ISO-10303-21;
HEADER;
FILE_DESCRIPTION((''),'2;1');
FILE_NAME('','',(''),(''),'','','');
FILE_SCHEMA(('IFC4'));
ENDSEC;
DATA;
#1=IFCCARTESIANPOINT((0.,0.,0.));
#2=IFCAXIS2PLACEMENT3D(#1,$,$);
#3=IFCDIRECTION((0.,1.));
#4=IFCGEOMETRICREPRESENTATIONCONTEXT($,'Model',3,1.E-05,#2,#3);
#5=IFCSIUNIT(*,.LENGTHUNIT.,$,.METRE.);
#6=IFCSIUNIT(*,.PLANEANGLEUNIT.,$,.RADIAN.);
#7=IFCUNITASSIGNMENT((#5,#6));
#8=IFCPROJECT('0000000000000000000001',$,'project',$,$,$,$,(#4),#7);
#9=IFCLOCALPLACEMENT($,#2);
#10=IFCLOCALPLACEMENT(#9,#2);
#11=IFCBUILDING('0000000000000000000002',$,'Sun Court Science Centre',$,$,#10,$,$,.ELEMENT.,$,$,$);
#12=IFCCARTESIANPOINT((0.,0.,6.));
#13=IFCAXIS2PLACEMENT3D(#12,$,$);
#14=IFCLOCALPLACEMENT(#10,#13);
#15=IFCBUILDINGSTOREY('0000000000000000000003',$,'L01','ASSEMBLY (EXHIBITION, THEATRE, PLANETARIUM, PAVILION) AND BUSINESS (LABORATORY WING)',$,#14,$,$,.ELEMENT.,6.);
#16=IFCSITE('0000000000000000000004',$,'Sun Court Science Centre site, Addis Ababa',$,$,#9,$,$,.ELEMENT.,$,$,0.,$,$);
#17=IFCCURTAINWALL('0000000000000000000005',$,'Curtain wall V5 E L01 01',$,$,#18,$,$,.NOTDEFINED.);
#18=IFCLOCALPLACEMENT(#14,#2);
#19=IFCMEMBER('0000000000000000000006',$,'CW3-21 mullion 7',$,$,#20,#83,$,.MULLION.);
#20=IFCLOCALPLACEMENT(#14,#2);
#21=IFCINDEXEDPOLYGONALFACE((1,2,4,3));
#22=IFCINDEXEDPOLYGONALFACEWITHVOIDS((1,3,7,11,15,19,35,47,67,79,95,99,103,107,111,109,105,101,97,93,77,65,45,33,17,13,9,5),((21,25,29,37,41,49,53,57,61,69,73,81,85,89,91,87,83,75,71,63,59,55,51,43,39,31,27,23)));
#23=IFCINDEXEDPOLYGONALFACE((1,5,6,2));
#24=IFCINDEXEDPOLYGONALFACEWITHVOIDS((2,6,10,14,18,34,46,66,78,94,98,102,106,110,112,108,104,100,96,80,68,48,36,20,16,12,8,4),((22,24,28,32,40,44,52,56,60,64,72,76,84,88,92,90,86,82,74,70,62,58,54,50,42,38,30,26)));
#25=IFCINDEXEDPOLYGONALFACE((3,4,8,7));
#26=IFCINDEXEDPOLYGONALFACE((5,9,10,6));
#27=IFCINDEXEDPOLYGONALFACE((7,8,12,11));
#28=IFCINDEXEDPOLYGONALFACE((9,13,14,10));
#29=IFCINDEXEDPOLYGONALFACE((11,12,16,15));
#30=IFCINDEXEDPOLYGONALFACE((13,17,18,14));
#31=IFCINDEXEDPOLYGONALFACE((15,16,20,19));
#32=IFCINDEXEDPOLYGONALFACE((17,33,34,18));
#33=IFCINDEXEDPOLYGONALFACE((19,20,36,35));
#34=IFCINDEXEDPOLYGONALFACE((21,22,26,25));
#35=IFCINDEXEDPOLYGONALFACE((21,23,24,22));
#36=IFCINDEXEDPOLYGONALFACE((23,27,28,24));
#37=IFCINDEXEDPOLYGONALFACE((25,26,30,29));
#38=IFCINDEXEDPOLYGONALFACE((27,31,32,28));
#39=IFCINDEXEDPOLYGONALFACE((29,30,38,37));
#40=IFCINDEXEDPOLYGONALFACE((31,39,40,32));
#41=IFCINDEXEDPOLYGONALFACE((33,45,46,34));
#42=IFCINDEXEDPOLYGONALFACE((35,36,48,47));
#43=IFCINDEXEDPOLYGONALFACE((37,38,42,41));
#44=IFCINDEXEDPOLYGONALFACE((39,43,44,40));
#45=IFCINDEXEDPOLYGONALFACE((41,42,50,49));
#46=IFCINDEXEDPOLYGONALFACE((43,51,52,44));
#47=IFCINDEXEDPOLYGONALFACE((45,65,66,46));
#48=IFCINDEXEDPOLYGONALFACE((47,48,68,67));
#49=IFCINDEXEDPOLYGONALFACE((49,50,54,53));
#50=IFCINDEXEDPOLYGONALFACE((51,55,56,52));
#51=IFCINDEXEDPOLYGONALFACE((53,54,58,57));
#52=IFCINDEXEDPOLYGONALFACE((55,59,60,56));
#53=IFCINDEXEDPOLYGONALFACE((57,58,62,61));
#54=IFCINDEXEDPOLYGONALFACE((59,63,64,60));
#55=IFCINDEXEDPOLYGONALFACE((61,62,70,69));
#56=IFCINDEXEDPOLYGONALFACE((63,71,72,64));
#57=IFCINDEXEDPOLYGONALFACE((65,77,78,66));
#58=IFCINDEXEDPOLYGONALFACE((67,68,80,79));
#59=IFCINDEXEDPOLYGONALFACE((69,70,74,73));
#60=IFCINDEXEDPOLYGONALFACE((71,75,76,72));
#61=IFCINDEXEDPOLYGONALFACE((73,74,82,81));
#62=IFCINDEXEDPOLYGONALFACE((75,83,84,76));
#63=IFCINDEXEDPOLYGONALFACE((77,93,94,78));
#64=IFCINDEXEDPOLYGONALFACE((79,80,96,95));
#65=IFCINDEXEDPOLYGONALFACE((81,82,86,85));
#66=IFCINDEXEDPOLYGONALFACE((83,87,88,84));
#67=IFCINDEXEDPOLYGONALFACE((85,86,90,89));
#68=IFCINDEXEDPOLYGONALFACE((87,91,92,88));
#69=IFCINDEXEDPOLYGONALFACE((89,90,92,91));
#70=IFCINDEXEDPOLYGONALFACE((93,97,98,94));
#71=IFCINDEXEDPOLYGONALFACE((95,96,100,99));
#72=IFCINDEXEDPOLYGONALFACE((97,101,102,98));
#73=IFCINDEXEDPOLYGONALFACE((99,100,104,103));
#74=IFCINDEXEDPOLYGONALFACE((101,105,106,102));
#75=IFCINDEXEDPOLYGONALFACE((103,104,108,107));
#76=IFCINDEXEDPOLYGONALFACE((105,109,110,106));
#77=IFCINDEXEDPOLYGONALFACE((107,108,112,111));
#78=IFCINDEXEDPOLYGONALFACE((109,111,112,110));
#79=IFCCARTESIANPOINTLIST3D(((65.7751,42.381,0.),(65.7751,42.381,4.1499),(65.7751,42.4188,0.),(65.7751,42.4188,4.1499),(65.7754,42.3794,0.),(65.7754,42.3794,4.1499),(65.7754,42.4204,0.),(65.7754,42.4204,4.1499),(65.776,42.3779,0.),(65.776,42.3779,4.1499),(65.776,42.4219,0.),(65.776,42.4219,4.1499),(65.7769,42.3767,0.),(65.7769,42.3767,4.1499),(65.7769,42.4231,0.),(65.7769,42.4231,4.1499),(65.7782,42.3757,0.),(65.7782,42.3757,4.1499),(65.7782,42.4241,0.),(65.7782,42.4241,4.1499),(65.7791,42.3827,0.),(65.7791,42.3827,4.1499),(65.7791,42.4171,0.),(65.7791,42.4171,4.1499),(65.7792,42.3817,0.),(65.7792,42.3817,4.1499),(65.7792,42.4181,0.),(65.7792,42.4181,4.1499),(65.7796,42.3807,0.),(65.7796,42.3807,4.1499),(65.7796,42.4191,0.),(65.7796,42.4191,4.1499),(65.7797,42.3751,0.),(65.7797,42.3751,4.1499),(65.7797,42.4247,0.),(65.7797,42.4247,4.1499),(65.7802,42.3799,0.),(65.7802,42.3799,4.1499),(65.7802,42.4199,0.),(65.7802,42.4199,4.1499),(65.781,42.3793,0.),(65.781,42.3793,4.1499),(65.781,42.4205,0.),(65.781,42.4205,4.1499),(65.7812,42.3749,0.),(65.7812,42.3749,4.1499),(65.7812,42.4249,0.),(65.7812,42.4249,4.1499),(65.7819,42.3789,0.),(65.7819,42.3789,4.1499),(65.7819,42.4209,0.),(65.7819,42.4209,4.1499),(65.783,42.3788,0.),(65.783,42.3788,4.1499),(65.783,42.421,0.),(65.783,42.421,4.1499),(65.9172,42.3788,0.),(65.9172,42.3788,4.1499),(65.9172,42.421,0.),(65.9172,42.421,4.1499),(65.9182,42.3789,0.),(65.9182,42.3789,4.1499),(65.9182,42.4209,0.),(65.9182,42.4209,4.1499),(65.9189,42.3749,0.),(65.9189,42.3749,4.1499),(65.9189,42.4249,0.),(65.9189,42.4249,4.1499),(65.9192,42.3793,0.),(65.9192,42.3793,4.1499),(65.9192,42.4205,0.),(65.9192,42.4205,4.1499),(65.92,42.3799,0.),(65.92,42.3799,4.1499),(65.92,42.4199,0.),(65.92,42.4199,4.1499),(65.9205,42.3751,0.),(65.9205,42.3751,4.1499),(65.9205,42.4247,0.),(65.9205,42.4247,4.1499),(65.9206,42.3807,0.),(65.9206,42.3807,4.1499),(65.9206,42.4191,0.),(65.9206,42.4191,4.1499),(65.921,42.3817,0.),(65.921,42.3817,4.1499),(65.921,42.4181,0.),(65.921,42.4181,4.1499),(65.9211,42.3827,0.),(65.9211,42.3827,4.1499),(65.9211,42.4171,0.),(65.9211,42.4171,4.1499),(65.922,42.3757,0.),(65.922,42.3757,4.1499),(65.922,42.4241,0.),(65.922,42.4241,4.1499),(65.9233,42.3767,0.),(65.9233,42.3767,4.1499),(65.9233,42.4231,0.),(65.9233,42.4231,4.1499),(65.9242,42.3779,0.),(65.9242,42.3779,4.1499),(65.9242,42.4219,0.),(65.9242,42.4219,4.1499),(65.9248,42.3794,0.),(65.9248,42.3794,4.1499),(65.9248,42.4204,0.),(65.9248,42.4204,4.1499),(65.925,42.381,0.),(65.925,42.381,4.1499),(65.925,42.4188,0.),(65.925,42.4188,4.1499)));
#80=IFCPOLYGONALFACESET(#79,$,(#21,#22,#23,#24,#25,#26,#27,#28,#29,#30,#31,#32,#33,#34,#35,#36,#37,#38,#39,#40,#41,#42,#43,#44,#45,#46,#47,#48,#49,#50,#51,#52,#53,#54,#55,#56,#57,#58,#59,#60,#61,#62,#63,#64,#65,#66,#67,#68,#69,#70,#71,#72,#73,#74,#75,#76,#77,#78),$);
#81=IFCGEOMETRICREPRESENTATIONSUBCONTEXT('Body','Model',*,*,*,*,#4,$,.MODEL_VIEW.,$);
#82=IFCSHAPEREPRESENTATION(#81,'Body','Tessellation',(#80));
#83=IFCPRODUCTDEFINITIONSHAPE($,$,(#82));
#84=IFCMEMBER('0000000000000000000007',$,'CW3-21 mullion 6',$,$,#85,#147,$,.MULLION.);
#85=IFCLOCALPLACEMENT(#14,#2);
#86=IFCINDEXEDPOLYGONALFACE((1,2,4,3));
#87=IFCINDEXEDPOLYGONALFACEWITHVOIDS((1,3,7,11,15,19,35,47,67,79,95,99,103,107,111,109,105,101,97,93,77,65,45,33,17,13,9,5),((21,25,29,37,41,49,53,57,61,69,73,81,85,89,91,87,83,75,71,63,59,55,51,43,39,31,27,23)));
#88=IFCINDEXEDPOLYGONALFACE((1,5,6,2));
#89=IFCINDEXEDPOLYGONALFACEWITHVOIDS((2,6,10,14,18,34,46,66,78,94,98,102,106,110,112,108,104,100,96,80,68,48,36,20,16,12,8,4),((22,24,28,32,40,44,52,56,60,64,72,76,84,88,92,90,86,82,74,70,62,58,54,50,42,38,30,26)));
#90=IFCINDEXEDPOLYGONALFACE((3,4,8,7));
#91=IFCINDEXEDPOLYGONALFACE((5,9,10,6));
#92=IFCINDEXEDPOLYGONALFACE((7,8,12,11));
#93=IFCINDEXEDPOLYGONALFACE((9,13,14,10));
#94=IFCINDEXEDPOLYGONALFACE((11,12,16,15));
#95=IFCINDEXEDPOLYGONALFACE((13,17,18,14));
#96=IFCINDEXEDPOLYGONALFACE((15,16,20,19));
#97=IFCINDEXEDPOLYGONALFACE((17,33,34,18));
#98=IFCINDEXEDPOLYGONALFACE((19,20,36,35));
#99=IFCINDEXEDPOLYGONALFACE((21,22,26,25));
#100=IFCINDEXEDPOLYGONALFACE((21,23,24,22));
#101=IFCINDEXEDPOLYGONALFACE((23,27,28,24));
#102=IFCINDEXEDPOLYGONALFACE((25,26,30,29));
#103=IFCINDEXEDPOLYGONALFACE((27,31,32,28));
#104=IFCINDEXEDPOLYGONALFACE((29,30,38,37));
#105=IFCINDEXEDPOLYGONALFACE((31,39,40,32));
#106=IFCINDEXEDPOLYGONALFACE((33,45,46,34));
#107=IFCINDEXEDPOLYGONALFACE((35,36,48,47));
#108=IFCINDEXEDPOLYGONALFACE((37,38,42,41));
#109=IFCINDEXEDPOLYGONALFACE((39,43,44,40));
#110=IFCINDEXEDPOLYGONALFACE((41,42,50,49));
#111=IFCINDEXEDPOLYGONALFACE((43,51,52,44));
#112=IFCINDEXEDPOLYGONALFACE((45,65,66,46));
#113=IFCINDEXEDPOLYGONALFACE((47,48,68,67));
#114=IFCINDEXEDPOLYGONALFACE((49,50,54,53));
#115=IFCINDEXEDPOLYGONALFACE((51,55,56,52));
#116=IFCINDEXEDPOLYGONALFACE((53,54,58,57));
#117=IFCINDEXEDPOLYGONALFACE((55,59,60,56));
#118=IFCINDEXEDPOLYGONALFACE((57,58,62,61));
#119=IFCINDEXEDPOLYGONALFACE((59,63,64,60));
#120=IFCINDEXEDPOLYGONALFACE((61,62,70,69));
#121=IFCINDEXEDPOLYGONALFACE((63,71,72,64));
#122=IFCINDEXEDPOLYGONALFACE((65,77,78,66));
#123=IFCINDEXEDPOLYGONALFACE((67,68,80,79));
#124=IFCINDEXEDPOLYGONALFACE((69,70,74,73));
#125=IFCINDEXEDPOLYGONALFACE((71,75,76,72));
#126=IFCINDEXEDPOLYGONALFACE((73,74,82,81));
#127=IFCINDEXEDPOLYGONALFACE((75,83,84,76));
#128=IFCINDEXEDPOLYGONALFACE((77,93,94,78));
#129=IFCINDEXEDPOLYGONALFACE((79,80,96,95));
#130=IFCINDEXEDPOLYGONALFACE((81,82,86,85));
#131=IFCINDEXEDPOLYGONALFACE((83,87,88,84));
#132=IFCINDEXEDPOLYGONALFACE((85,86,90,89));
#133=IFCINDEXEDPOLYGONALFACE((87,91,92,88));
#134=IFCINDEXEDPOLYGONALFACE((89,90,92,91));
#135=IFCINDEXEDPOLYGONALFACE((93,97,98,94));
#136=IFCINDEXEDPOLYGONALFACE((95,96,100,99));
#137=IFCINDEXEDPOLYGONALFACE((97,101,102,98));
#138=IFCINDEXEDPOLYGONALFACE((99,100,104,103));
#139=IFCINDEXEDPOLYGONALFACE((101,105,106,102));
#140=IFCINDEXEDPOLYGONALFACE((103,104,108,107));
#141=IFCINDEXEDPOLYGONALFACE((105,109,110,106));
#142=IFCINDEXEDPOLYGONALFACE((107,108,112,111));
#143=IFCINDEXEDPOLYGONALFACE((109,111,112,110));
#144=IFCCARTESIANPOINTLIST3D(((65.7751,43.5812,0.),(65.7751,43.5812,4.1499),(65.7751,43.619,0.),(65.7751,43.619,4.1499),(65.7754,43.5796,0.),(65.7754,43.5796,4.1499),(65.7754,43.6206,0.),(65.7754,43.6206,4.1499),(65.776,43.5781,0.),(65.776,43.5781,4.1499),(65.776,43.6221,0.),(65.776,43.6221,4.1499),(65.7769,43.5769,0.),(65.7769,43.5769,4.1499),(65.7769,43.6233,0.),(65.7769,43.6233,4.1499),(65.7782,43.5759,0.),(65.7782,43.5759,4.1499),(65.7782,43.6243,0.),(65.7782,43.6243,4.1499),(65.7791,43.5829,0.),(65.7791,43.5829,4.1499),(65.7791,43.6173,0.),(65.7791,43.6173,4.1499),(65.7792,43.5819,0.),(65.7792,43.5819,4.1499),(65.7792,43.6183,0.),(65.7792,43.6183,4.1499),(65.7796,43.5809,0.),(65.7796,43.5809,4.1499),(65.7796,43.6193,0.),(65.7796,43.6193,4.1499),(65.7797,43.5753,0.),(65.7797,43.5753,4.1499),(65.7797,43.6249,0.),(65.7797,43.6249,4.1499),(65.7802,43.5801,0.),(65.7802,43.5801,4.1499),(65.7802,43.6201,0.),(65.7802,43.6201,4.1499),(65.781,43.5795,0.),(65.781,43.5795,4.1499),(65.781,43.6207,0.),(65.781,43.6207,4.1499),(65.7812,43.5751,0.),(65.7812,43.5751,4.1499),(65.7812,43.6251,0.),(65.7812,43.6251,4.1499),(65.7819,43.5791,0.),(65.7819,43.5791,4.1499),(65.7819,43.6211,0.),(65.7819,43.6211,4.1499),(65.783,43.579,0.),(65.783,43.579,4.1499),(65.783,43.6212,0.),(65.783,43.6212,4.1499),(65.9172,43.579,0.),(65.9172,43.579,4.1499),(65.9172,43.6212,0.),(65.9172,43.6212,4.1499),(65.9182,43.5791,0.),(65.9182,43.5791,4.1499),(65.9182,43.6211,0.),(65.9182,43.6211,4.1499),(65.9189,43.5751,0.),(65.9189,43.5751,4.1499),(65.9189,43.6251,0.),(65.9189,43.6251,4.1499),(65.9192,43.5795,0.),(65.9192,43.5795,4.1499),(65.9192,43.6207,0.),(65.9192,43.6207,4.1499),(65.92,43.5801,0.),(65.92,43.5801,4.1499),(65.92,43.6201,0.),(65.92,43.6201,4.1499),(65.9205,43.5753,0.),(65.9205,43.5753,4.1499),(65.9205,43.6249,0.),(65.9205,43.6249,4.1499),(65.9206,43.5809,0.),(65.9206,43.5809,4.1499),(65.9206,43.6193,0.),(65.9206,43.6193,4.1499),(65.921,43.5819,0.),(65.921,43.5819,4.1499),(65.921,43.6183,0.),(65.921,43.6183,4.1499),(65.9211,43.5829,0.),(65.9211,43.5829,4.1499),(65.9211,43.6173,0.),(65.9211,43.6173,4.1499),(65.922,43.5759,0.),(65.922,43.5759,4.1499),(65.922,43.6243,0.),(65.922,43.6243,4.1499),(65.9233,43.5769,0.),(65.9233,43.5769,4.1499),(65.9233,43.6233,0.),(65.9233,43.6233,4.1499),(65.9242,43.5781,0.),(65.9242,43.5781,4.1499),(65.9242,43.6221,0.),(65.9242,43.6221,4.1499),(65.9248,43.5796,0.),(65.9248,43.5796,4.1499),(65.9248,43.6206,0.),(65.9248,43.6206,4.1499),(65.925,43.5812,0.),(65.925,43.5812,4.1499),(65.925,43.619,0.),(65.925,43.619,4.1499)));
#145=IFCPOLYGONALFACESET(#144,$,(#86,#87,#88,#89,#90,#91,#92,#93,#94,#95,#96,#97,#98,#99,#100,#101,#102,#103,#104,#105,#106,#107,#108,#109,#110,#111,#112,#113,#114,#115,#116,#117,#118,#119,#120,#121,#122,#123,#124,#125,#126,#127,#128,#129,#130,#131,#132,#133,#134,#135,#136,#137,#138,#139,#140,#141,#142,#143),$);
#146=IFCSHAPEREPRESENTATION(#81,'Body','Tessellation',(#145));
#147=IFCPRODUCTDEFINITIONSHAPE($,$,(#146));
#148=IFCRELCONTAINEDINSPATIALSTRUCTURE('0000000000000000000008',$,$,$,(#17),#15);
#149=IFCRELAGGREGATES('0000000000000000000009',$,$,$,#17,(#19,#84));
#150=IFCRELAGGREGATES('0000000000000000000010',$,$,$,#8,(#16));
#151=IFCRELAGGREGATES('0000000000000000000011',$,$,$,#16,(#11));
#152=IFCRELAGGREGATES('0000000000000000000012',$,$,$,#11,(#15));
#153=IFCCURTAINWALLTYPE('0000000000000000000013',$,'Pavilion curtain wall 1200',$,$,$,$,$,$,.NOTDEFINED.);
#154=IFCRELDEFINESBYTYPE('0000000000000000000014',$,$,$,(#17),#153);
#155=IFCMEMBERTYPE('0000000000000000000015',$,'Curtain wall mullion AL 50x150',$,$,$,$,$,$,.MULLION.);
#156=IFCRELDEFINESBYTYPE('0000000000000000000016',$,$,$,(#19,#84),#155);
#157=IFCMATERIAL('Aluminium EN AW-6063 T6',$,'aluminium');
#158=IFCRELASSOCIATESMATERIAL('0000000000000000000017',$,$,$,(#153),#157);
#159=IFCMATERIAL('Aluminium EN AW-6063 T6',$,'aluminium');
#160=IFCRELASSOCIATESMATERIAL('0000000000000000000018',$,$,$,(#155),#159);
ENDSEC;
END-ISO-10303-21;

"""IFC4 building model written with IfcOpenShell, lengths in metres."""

from ifc_helpers import new_model, si_unit, direction, frame, origin, origin_2d, place, context, subcontext, project, spatial, hollow_rectangle, extrude, material, material_profile, profile_set, type_object, element, aggregate, save


model = new_model("IFC4")

# Units and contexts
model_context = context("Model", 3, precision=1e-05, world=origin(), true_north=direction((0.0, 1.0)))
body_context = subcontext(model_context, "Body", "Model", "MODEL_VIEW")
ifc_project = project(units=[si_unit("LENGTHUNIT", "METRE"), si_unit("PLANEANGLEUNIT", "RADIAN")], contexts=[model_context])

# Site, building, storey
site_placement = place(None, origin())
site = spatial("IfcSite", under=ifc_project, at=site_placement, Name="Sun Court Science Centre site, Addis Ababa", CompositionType="ELEMENT", RefElevation=0.0)
building_placement = place(site_placement, origin())
building = spatial("IfcBuilding", under=site, at=building_placement, Name="Sun Court Science Centre", CompositionType="ELEMENT")
storey_placement = place(building_placement, frame((0.0, 0.0, 6.0)))
storey = spatial("IfcBuildingStorey", under=building, at=storey_placement, Name="L01", Description="ASSEMBLY (EXHIBITION, THEATRE, PLANETARIUM, PAVILION) AND BUSINESS (LABORATORY WING)", CompositionType="ELEMENT", Elevation=6.0)

# Curtain wall, members
ifc_material_1 = material(Name="Aluminium EN AW-6063 T6", Category="aluminium")
curtain_wall_type = type_object("IfcCurtainWallType", Name="Pavilion curtain wall 1200", PredefinedType="NOTDEFINED", material=ifc_material_1)
curtain_wall_placement = place(storey_placement, origin())
curtain_wall = element("IfcCurtainWall", 1, at=curtain_wall_placement, inside=storey, type_object=curtain_wall_type, Name="Curtain wall V5 E L01 01", PredefinedType="NOTDEFINED")
ifc_material_2 = material(Name="Aluminium EN AW-6063 T6", Category="aluminium")
ifc_material_profile_1 = material_profile(ifc_material_2, hollow_rectangle(XDim=0.05, YDim=0.1499, WallThickness=0.0039, InnerFilletRadius=0.0039, OuterFilletRadius=0.0061, at=origin_2d()), Name="AL 50x150x4")
ifc_profile_set_1 = profile_set([ifc_material_profile_1], Name="Aluminium EN AW-6063 T6")
member_type_1 = type_object("IfcMemberType", Name="Curtain wall mullion AL 50x150", PredefinedType="MULLION", material=ifc_profile_set_1)
member_1_placement = place(storey_placement, frame((65.8501, 42.3999, 0.0), z_axis=(0.0, 0.0, 1.0), x_axis=(0.0, -1.0, 0.0)))
member_1 = element("IfcMember", 2, at=member_1_placement, type_object=member_type_1, Name="CW3-21 mullion 7", PredefinedType="MULLION", context=body_context, shape_type="SweptSolid", body=[
    extrude(hollow_rectangle(XDim=0.05, YDim=0.1499, WallThickness=0.0039, InnerFilletRadius=0.0039, OuterFilletRadius=0.0061, at=origin_2d()), origin(), (0.0, 0.0, 1.0), 4.1499),
])
member_2_placement = place(storey_placement, frame((65.8501, 43.6001, 0.0), z_axis=(0.0, 0.0, 1.0), x_axis=(0.0, -1.0, 0.0)))
member_2 = element("IfcMember", 3, at=member_2_placement, type_object=member_type_1, Name="CW3-21 mullion 6", PredefinedType="MULLION", context=body_context, shape_type="SweptSolid", body=[
    extrude(hollow_rectangle(XDim=0.05, YDim=0.1499, WallThickness=0.0039, InnerFilletRadius=0.0039, OuterFilletRadius=0.0061, at=origin_2d()), origin(), (0.0, 0.0, 1.0), 4.1499),
])
aggregate(curtain_wall, [member_1, member_2])

save(model, "model.ifc")
